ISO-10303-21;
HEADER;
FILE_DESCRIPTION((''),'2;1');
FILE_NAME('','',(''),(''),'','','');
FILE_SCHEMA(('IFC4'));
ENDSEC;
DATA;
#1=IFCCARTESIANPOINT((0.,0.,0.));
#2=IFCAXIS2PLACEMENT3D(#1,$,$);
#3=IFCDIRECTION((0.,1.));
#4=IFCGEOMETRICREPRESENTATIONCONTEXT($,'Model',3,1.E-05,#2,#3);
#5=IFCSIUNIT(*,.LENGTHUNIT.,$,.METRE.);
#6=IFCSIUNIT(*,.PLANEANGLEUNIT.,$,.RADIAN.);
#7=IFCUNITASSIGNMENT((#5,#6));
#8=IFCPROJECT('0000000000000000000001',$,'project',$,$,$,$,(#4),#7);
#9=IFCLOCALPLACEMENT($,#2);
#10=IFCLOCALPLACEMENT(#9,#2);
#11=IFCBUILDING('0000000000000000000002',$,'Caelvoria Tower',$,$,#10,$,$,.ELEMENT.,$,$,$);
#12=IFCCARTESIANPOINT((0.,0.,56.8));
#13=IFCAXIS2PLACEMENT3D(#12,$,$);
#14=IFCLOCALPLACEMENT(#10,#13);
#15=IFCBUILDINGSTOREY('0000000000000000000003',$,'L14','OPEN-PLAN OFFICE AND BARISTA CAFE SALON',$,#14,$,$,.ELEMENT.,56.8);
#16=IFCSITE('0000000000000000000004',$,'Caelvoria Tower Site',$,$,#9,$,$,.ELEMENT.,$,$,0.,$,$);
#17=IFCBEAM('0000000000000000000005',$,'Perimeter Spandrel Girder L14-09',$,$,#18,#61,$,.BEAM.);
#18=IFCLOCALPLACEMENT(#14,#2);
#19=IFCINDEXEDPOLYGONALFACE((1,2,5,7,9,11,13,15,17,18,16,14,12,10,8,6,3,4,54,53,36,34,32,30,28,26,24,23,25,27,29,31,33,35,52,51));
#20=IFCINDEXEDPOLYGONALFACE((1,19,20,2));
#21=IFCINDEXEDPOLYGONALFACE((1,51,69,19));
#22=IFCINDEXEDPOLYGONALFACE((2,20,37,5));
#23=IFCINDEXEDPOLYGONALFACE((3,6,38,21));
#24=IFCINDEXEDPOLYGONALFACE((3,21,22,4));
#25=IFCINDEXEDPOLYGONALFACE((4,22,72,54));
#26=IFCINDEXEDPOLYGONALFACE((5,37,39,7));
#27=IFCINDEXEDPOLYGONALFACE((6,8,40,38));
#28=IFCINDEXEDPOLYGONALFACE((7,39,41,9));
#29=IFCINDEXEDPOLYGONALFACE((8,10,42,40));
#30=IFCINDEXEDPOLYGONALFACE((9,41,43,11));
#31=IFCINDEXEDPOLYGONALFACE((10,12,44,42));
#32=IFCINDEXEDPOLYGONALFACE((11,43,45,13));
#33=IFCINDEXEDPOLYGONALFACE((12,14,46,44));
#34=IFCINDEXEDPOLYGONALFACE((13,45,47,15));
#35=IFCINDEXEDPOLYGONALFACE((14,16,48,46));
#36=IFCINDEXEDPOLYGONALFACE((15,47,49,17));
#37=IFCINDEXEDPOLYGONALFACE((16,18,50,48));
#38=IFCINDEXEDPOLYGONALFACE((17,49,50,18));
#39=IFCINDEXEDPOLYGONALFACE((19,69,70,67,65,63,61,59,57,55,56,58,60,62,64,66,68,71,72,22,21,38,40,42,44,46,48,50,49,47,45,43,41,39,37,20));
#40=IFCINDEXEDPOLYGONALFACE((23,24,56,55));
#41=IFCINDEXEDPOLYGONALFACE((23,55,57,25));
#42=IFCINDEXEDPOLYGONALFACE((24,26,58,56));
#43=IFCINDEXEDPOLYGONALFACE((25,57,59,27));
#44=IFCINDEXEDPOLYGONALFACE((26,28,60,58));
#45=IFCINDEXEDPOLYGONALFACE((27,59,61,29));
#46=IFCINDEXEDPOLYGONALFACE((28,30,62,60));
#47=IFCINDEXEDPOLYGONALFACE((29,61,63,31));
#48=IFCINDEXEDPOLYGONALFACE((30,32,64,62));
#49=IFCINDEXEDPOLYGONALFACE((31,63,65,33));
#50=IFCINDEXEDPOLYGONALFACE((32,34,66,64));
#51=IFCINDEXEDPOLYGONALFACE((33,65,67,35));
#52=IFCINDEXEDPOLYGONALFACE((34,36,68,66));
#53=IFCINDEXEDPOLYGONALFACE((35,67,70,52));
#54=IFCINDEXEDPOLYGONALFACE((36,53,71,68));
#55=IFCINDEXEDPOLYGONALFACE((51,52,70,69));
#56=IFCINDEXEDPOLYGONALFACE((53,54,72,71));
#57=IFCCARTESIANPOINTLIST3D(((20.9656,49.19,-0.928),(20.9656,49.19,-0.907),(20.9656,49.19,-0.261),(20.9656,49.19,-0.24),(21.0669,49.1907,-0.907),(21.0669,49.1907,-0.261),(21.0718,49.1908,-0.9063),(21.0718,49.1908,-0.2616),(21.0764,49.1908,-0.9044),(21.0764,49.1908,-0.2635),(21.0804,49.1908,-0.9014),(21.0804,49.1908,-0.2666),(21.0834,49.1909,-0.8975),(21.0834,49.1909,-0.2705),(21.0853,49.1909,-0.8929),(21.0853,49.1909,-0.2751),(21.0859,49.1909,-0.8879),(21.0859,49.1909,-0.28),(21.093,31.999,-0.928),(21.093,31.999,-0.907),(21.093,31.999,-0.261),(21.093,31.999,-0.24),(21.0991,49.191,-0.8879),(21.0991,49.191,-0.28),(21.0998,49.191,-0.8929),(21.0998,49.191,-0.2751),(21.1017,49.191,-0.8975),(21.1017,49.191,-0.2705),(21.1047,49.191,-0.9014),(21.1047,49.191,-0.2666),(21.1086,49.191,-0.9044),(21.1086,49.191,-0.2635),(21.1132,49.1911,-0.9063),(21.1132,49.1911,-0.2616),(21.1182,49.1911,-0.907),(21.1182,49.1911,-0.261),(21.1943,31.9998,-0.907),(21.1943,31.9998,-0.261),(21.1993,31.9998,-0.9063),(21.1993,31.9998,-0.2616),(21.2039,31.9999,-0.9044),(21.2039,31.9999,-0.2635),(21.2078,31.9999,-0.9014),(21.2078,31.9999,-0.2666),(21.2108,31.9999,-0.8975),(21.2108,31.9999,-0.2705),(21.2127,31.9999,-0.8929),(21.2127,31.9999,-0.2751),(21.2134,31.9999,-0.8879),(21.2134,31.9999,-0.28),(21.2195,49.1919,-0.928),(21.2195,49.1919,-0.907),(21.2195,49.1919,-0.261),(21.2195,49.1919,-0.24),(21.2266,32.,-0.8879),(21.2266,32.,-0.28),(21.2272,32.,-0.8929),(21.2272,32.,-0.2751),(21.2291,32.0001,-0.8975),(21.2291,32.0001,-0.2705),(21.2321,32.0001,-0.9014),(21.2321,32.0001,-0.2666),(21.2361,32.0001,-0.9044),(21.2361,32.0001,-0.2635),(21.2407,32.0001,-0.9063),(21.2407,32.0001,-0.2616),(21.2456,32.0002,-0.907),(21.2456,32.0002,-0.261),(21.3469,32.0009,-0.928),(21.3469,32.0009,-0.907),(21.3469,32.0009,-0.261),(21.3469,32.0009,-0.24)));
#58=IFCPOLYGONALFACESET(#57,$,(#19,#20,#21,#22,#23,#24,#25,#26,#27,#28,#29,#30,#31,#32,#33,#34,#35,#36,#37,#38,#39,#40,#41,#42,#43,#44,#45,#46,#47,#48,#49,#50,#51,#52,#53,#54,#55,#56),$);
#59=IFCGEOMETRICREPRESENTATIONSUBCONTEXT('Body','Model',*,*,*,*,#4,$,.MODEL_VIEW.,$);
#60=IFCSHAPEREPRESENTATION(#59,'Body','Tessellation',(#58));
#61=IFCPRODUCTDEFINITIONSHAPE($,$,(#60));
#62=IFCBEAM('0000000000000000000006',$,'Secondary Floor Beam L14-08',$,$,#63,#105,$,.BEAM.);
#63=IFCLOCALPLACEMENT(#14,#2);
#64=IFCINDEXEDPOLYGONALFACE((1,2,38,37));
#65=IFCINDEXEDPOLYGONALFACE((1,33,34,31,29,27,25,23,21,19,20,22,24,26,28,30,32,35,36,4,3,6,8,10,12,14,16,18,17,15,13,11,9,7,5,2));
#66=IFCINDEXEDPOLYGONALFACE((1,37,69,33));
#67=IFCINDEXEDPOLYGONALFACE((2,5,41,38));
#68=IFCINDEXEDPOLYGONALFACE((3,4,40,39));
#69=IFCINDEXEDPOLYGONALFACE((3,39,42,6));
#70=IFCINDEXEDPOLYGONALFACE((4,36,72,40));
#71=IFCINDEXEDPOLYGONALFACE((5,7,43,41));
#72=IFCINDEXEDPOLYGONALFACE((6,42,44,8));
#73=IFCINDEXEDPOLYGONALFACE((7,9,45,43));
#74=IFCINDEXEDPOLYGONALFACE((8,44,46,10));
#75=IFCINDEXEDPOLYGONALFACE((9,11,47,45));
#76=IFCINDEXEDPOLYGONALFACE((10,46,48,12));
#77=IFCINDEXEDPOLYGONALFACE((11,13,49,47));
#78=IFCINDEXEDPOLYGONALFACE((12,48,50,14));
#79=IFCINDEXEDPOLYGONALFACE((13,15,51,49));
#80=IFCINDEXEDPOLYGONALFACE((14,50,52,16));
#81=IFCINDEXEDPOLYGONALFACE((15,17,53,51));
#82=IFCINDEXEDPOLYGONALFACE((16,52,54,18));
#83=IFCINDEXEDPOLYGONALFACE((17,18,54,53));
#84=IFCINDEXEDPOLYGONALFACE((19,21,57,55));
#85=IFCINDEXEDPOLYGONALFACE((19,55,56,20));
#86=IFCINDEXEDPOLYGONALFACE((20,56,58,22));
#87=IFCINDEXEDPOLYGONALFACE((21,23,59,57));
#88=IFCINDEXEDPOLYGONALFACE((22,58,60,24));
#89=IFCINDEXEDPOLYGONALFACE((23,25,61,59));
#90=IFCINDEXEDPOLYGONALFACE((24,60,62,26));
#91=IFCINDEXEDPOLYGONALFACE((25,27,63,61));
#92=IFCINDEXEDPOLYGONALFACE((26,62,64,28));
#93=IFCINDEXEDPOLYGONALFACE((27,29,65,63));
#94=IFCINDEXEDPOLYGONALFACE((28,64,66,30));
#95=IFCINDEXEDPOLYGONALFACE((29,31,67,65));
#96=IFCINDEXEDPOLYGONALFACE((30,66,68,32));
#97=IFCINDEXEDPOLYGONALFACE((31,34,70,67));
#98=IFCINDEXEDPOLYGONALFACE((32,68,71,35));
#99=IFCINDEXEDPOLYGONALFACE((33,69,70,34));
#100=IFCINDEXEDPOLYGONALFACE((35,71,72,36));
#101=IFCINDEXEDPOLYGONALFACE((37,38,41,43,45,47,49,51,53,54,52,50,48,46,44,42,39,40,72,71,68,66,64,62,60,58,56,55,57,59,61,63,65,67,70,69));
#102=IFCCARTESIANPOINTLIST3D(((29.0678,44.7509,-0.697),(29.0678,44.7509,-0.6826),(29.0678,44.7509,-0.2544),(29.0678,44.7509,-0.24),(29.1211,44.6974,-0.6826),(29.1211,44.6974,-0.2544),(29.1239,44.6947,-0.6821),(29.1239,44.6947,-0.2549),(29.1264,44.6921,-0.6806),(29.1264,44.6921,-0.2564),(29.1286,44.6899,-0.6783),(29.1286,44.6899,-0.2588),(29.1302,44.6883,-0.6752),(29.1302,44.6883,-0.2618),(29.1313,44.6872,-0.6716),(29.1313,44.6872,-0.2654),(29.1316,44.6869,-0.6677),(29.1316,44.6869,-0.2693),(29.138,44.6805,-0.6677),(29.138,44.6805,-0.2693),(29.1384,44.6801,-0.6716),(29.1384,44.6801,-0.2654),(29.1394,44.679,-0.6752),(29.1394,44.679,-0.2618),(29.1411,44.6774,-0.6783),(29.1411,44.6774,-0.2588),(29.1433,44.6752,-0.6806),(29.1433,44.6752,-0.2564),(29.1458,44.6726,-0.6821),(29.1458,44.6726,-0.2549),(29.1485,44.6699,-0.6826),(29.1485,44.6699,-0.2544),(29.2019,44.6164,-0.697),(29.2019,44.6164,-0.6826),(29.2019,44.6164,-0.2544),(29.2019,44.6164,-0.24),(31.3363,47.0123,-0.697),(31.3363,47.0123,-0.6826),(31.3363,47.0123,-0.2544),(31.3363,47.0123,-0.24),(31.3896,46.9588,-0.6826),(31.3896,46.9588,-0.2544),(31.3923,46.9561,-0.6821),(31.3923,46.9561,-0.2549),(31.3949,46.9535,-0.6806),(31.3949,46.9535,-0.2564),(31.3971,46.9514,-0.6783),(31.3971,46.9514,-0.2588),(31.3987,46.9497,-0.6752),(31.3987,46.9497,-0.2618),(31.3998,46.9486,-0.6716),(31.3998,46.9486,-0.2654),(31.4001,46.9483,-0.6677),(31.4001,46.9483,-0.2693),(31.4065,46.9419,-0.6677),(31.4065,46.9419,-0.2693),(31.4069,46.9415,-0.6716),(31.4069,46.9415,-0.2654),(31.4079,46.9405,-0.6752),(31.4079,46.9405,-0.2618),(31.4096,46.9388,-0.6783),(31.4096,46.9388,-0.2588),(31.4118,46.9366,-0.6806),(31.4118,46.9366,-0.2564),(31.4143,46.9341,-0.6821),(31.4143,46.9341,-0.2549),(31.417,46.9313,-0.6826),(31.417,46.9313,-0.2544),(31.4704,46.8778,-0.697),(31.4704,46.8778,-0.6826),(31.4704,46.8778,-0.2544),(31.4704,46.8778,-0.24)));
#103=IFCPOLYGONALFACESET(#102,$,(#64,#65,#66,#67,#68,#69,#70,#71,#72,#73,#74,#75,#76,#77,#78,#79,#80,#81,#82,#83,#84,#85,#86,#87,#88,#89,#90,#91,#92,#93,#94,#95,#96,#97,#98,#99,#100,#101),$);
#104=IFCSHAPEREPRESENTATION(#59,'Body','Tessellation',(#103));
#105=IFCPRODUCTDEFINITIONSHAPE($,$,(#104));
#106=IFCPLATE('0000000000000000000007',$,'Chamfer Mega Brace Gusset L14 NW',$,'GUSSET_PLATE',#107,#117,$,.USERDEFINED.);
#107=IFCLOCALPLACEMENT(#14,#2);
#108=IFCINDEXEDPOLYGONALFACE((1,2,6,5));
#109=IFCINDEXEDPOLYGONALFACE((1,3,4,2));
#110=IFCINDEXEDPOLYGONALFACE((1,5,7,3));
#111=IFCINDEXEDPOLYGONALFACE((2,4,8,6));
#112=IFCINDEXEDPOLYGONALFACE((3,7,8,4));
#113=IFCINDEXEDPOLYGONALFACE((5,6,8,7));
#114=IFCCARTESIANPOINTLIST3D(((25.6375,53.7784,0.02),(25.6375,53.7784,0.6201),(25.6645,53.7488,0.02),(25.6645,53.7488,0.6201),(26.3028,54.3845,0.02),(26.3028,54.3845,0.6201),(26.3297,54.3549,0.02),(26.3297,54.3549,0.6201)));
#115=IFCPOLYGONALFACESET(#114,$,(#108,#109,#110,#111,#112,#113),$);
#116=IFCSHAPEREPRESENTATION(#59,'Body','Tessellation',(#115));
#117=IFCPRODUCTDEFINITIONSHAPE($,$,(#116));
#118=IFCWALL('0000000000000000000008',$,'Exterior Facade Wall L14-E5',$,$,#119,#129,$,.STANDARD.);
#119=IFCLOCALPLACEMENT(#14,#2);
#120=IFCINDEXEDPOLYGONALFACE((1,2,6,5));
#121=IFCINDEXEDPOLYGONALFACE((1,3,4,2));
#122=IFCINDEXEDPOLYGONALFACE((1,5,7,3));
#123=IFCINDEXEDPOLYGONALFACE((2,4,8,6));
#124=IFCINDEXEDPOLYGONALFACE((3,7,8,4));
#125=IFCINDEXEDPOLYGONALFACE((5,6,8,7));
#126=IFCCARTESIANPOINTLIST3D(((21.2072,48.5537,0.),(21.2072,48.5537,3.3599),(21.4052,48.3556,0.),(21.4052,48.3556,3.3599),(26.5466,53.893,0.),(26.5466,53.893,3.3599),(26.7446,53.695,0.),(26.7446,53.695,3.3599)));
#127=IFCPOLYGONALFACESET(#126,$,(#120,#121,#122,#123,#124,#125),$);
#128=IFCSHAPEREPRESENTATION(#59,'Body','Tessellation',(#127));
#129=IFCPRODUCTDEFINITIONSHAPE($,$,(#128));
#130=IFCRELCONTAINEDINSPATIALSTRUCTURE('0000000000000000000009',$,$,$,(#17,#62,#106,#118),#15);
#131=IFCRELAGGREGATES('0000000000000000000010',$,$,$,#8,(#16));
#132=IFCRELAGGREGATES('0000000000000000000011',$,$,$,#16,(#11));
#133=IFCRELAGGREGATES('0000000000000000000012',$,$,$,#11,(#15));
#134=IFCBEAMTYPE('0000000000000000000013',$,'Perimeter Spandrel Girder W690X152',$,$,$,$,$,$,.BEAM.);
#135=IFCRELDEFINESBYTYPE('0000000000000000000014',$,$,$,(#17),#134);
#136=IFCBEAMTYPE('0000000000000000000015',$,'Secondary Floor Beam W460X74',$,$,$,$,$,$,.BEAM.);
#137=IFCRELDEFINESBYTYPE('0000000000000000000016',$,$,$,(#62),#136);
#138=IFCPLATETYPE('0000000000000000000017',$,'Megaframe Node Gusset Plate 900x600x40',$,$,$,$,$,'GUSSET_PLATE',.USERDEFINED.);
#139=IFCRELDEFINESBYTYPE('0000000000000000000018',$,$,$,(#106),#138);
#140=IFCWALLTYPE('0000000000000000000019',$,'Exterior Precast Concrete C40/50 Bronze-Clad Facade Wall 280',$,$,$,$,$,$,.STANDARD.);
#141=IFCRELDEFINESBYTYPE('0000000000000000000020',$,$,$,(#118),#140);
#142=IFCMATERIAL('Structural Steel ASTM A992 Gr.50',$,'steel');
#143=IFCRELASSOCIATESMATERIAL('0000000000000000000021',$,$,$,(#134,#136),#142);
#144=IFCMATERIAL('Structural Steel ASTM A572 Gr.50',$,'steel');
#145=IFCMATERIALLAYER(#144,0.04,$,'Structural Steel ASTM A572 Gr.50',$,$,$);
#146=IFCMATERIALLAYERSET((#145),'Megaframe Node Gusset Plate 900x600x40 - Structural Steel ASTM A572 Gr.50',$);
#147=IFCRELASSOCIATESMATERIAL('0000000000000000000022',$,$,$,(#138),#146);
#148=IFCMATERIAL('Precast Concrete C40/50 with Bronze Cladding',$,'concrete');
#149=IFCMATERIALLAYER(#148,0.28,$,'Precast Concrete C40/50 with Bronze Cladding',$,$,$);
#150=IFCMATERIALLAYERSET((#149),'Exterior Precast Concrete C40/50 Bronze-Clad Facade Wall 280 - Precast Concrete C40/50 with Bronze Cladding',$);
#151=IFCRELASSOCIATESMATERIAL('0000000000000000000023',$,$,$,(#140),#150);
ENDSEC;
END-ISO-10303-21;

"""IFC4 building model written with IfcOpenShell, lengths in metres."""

from ifc_helpers import new_model, si_unit, direction, frame, frame_2d, origin, origin_2d, place, context, subcontext, project, spatial, rectangle, i_section, extrude, material, layer, layer_set, material_profile, profile_set, type_object, element, save


model = new_model("IFC4")

# Units and contexts
model_context = context("Model", 3, precision=1e-05, world=origin(), true_north=direction((0.0, 1.0)))
body_context = subcontext(model_context, "Body", "Model", "MODEL_VIEW")
ifc_project = project(units=[si_unit("LENGTHUNIT", "METRE"), si_unit("PLANEANGLEUNIT", "RADIAN")], contexts=[model_context])

# Site, building, storey
site_placement = place(None, origin())
site = spatial("IfcSite", under=ifc_project, at=site_placement, Name="Caelvoria Tower Site", CompositionType="ELEMENT", RefElevation=0.0)
building_placement = place(site_placement, origin())
building = spatial("IfcBuilding", under=site, at=building_placement, Name="Caelvoria Tower", CompositionType="ELEMENT")
storey_placement = place(building_placement, frame((0.0, 0.0, 56.8)))
storey = spatial("IfcBuildingStorey", under=building, at=storey_placement, Name="L14", Description="OPEN-PLAN OFFICE AND BARISTA CAFE SALON", CompositionType="ELEMENT", Elevation=56.8)

# Shared definitions
ifc_material_1 = material(Name="Structural Steel ASTM A572 Gr.50", Category="steel")

# Beams
ifc_material_2 = material(Name="Structural Steel ASTM A992 Gr.50", Category="steel")
ifc_material_profile_1 = material_profile(ifc_material_2, i_section(OverallWidth=0.2539, OverallDepth=0.688, WebThickness=0.0132, FlangeThickness=0.021, FilletRadius=0.019, at=origin_2d()), Name="Structural Steel ASTM A992 Gr.50")
ifc_profile_set_1 = profile_set([ifc_material_profile_1], Name="W690X152 - Structural Steel ASTM A992 Gr.50")
beam_type_1 = type_object("IfcBeamType", Name="Perimeter Spandrel Girder W690X152", PredefinedType="BEAM", material=ifc_profile_set_1)
beam_1_placement = place(storey_placement, frame((21.0925, 49.1909, -0.584), z_axis=(0.007413, -0.999973, 0.0), x_axis=(0.999973, 0.007413, 0.0)))
element("IfcBeam", 1, at=beam_1_placement, inside=storey, type_object=beam_type_1, Name="Perimeter Spandrel Girder L14-09", PredefinedType="BEAM", context=body_context, shape_type="SweptSolid", body=[
    extrude(i_section(OverallWidth=0.2539, OverallDepth=0.688, WebThickness=0.0132, FlangeThickness=0.021, FilletRadius=0.019, at=origin_2d()), origin(), (0.0, 0.0, 1.0), 17.1914),
])
ifc_material_profile_2 = material_profile(ifc_material_2, i_section(OverallWidth=0.1899, OverallDepth=0.457, WebThickness=0.009, FlangeThickness=0.0144, FilletRadius=0.0149, at=origin_2d()), Name="Structural Steel ASTM A992 Gr.50")
ifc_profile_set_2 = profile_set([ifc_material_profile_2], Name="W460X74 - Structural Steel ASTM A992 Gr.50")
beam_type_2 = type_object("IfcBeamType", Name="Secondary Floor Beam W460X74", PredefinedType="BEAM", material=ifc_profile_set_2)
beam_2_placement = place(storey_placement, frame((31.4033, 46.9451, -0.4685), z_axis=(-0.708211, -0.706001, 0.0), x_axis=(0.706001, -0.708211, 0.0)))
element("IfcBeam", 2, at=beam_2_placement, inside=storey, type_object=beam_type_2, Name="Secondary Floor Beam L14-08", PredefinedType="BEAM", context=body_context, shape_type="SweptSolid", body=[
    extrude(i_section(OverallWidth=0.1899, OverallDepth=0.457, WebThickness=0.009, FlangeThickness=0.0144, FilletRadius=0.0149, at=origin_2d()), origin(), (0.0, 0.0, 1.0), 3.2031),
])

# Plate
ifc_layer_1 = layer(ifc_material_1, 0.04, Name="Structural Steel ASTM A572 Gr.50")
ifc_layer_set_1 = layer_set([ifc_layer_1], Name="Megaframe Node Gusset Plate 900x600x40 - Structural Steel ASTM A572 Gr.50")
plate_type = type_object("IfcPlateType", Name="Megaframe Node Gusset Plate 900x600x40", ElementType="GUSSET_PLATE", PredefinedType="USERDEFINED", material=ifc_layer_set_1)
plate_placement = place(storey_placement, frame((25.9836, 54.0667, 0.02), z_axis=(0.0, 0.0, 1.0), x_axis=(-0.739221, -0.673463, 0.0)))
element("IfcPlate", 3, at=plate_placement, inside=storey, type_object=plate_type, Name="Chamfer Mega Brace Gusset L14 NW", ObjectType="GUSSET_PLATE", PredefinedType="USERDEFINED", context=body_context, shape_type="SweptSolid", body=[
    extrude(rectangle(XDim=0.8999, YDim=0.04, at=origin_2d()), origin(), (0.0, 0.0, 1.0), 0.6001),
])

# Wall
ifc_material_3 = material(Name="Precast Concrete C40/50 with Bronze Cladding", Category="concrete")
ifc_layer_2 = layer(ifc_material_3, 0.28, Name="Precast Concrete C40/50 with Bronze Cladding")
ifc_layer_set_2 = layer_set([ifc_layer_2], Name="Exterior Precast Concrete C40/50 Bronze-Clad Facade Wall 280 - Precast Concrete C40/50 with Bronze Cladding")
wall_type = type_object("IfcWallType", Name="Exterior Precast Concrete C40/50 Bronze-Clad Facade Wall 280", PredefinedType="STANDARD", material=ifc_layer_set_2)
wall_1_placement = place(storey_placement, frame((26.6455, 53.7939, 0.0), z_axis=(0.0, 0.0, 1.0), x_axis=(-0.707107, -0.707107, 0.0)))
element("IfcWall", 4, at=wall_1_placement, inside=storey, type_object=wall_type, Name="Exterior Facade Wall L14-E5", PredefinedType="STANDARD", context=body_context, shape_type="SweptSolid", body=[
    extrude(rectangle(XDim=7.551, YDim=0.28, at=frame_2d((3.7754, 0.0))), origin(), (0.0, 0.0, 1.0), 3.3599),
])

save(model, "model.ifc")
